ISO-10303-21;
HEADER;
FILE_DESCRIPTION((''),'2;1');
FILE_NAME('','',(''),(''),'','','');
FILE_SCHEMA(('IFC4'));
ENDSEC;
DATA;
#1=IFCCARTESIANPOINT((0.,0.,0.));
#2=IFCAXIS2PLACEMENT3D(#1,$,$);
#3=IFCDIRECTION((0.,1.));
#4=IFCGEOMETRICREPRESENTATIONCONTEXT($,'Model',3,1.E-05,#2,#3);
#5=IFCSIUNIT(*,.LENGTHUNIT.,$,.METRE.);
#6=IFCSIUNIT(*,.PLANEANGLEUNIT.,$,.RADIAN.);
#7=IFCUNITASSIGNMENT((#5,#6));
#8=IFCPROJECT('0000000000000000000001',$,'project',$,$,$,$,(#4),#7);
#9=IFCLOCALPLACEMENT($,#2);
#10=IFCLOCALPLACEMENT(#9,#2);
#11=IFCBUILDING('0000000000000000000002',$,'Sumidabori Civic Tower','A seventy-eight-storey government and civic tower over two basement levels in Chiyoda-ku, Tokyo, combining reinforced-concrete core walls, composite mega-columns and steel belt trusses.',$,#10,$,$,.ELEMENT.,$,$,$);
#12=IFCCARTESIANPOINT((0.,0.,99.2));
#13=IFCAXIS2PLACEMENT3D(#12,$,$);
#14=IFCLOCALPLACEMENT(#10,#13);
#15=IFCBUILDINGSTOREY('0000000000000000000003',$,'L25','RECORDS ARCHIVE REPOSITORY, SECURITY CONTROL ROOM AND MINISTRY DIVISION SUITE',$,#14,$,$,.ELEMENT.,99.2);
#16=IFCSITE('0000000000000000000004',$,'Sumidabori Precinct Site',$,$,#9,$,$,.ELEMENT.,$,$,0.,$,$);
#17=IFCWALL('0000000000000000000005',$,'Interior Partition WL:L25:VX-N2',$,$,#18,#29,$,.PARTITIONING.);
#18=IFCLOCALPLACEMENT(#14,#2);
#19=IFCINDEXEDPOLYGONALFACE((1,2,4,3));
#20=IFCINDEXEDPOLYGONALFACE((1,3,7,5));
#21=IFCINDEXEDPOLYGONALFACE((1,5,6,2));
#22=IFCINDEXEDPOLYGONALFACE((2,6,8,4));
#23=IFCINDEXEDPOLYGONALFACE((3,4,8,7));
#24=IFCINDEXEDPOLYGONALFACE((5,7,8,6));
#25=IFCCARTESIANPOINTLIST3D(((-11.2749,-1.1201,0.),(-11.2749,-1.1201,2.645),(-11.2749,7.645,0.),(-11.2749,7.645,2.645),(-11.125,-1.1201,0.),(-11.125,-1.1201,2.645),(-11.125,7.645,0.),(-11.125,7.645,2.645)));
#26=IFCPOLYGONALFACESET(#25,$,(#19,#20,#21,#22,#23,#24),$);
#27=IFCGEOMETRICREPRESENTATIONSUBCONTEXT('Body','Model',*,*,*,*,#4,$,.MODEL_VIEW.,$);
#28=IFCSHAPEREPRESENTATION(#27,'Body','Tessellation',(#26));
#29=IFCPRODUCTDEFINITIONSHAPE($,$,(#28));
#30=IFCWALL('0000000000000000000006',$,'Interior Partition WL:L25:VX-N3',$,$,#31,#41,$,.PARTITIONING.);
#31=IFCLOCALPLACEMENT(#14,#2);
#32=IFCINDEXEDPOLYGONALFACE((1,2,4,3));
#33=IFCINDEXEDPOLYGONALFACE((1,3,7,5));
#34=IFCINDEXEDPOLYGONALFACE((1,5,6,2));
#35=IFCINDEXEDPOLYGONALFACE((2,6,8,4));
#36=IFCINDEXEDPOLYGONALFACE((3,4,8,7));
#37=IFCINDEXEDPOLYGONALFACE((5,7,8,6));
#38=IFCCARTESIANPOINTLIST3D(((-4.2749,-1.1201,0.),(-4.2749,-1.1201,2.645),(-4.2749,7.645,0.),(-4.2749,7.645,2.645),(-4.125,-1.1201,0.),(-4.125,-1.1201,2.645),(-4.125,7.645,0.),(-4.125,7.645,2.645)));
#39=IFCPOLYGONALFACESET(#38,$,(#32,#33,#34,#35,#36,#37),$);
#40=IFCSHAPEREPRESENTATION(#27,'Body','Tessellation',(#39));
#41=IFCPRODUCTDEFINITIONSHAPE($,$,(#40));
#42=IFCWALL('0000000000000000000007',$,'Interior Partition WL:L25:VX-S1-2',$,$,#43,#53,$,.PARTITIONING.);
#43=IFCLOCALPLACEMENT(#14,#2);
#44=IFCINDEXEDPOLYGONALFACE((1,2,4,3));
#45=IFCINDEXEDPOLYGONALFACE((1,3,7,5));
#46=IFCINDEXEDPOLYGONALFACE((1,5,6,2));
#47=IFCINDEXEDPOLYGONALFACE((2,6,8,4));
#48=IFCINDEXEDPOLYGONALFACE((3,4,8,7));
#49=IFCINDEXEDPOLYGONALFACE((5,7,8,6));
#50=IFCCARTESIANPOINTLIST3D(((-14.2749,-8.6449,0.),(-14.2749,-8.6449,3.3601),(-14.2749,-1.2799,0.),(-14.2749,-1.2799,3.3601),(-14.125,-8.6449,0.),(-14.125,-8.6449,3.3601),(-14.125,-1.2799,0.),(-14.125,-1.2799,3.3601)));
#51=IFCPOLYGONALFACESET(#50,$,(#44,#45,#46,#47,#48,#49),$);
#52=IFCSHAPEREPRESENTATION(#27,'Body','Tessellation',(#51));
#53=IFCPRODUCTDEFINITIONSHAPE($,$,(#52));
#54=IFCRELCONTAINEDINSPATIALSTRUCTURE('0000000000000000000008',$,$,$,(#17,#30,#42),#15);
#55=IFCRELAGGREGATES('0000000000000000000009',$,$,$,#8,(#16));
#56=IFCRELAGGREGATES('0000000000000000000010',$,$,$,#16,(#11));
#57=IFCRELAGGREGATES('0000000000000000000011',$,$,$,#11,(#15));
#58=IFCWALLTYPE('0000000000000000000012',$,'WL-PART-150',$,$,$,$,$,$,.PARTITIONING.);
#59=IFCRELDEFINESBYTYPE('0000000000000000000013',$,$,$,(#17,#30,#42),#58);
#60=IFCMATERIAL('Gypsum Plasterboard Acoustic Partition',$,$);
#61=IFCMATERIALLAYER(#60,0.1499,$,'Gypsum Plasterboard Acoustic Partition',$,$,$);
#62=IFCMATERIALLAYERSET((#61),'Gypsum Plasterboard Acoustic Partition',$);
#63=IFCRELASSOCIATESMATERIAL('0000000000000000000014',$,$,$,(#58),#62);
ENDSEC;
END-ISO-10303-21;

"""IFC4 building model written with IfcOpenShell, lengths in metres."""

from ifc_helpers import new_model, si_unit, direction, frame, frame_2d, origin, place, context, subcontext, project, spatial, rectangle, extrude, source, transform, mapped, material, layer, layer_set, type_object, element, save


model = new_model("IFC4")

# Units and contexts
model_context = context("Model", 3, precision=1e-05, world=origin(), true_north=direction((0.0, 1.0)))
body_context = subcontext(model_context, "Body", "Model", "MODEL_VIEW")
ifc_project = project(units=[si_unit("LENGTHUNIT", "METRE"), si_unit("PLANEANGLEUNIT", "RADIAN")], contexts=[model_context])

# Site, building, storey
site_placement = place(None, origin())
site = spatial("IfcSite", under=ifc_project, at=site_placement, Name="Sumidabori Precinct Site", CompositionType="ELEMENT", RefElevation=0.0)
building_placement = place(site_placement, origin())
building = spatial("IfcBuilding", under=site, at=building_placement, Name="Sumidabori Civic Tower", Description="A seventy-eight-storey government and civic tower over two basement levels in Chiyoda-ku, Tokyo, combining reinforced-concrete core walls, composite mega-columns and steel belt trusses.", CompositionType="ELEMENT")
storey_placement = place(building_placement, frame((0.0, 0.0, 99.2)))
storey = spatial("IfcBuildingStorey", under=building, at=storey_placement, Name="L25", Description="RECORDS ARCHIVE REPOSITORY, SECURITY CONTROL ROOM AND MINISTRY DIVISION SUITE", CompositionType="ELEMENT", Elevation=99.2)

# Shared definitions
ifc_material_1 = material(Name="Gypsum Plasterboard Acoustic Partition")
ifc_layer = layer(ifc_material_1, 0.1499, Name="Gypsum Plasterboard Acoustic Partition")
ifc_layer_set = layer_set([ifc_layer], Name="Gypsum Plasterboard Acoustic Partition")
wall_type = type_object("IfcWallType", Name="WL-PART-150", PredefinedType="PARTITIONING", material=ifc_layer_set)

# Walls
shared_shape_1 = source(origin(), body_context, "Body", "SweptSolid", [
    extrude(rectangle(XDim=8.7651, YDim=0.1499, at=frame_2d((4.3826, 0.0))), origin(), (0.0, 0.0, 1.0), 2.645),
])
for number, where, z_axis, x_axis, name in (
    (1, (-11.2, -1.1201, 0.0), (0.0, 0.0, 1.0), (0.0, 1.0, 0.0), "Interior Partition WL:L25:VX-N2"),
    (2, (-4.2, -1.1201, 0.0), (0.0, 0.0, 1.0), (0.0, 1.0, 0.0), "Interior Partition WL:L25:VX-N3"),
):
    element("IfcWall", number, at=place(storey_placement, frame(where, z_axis=z_axis, x_axis=x_axis)), inside=storey, type_object=wall_type, Name=name, PredefinedType="PARTITIONING", context=body_context, shape_type="MappedRepresentation", body=[
        mapped(shared_shape_1, transform((0.0, 0.0, 0.0), x_axis=(1.0, 0.0, 0.0), y_axis=(0.0, 1.0, 0.0), z_axis=(0.0, 0.0, 1.0), scale=1.0)),
    ])
shared_shape_2 = source(origin(), body_context, "Body", "SweptSolid", [
    extrude(rectangle(XDim=7.365, YDim=0.1499, at=frame_2d((3.6826, 0.0))), origin(), (0.0, 0.0, 1.0), 3.3601),
])
wall_1_placement = place(storey_placement, frame((-14.2, -8.645, 0.0), z_axis=(0.0, 0.0, 1.0), x_axis=(0.0, 1.0, 0.0)))
element("IfcWall", 3, at=wall_1_placement, inside=storey, type_object=wall_type, Name="Interior Partition WL:L25:VX-S1-2", PredefinedType="PARTITIONING", context=body_context, shape_type="MappedRepresentation", body=[
    mapped(shared_shape_2, transform((0.0, 0.0, 0.0), x_axis=(1.0, 0.0, 0.0), y_axis=(0.0, 1.0, 0.0), z_axis=(0.0, 0.0, 1.0), scale=1.0)),
])

save(model, "model.ifc")
